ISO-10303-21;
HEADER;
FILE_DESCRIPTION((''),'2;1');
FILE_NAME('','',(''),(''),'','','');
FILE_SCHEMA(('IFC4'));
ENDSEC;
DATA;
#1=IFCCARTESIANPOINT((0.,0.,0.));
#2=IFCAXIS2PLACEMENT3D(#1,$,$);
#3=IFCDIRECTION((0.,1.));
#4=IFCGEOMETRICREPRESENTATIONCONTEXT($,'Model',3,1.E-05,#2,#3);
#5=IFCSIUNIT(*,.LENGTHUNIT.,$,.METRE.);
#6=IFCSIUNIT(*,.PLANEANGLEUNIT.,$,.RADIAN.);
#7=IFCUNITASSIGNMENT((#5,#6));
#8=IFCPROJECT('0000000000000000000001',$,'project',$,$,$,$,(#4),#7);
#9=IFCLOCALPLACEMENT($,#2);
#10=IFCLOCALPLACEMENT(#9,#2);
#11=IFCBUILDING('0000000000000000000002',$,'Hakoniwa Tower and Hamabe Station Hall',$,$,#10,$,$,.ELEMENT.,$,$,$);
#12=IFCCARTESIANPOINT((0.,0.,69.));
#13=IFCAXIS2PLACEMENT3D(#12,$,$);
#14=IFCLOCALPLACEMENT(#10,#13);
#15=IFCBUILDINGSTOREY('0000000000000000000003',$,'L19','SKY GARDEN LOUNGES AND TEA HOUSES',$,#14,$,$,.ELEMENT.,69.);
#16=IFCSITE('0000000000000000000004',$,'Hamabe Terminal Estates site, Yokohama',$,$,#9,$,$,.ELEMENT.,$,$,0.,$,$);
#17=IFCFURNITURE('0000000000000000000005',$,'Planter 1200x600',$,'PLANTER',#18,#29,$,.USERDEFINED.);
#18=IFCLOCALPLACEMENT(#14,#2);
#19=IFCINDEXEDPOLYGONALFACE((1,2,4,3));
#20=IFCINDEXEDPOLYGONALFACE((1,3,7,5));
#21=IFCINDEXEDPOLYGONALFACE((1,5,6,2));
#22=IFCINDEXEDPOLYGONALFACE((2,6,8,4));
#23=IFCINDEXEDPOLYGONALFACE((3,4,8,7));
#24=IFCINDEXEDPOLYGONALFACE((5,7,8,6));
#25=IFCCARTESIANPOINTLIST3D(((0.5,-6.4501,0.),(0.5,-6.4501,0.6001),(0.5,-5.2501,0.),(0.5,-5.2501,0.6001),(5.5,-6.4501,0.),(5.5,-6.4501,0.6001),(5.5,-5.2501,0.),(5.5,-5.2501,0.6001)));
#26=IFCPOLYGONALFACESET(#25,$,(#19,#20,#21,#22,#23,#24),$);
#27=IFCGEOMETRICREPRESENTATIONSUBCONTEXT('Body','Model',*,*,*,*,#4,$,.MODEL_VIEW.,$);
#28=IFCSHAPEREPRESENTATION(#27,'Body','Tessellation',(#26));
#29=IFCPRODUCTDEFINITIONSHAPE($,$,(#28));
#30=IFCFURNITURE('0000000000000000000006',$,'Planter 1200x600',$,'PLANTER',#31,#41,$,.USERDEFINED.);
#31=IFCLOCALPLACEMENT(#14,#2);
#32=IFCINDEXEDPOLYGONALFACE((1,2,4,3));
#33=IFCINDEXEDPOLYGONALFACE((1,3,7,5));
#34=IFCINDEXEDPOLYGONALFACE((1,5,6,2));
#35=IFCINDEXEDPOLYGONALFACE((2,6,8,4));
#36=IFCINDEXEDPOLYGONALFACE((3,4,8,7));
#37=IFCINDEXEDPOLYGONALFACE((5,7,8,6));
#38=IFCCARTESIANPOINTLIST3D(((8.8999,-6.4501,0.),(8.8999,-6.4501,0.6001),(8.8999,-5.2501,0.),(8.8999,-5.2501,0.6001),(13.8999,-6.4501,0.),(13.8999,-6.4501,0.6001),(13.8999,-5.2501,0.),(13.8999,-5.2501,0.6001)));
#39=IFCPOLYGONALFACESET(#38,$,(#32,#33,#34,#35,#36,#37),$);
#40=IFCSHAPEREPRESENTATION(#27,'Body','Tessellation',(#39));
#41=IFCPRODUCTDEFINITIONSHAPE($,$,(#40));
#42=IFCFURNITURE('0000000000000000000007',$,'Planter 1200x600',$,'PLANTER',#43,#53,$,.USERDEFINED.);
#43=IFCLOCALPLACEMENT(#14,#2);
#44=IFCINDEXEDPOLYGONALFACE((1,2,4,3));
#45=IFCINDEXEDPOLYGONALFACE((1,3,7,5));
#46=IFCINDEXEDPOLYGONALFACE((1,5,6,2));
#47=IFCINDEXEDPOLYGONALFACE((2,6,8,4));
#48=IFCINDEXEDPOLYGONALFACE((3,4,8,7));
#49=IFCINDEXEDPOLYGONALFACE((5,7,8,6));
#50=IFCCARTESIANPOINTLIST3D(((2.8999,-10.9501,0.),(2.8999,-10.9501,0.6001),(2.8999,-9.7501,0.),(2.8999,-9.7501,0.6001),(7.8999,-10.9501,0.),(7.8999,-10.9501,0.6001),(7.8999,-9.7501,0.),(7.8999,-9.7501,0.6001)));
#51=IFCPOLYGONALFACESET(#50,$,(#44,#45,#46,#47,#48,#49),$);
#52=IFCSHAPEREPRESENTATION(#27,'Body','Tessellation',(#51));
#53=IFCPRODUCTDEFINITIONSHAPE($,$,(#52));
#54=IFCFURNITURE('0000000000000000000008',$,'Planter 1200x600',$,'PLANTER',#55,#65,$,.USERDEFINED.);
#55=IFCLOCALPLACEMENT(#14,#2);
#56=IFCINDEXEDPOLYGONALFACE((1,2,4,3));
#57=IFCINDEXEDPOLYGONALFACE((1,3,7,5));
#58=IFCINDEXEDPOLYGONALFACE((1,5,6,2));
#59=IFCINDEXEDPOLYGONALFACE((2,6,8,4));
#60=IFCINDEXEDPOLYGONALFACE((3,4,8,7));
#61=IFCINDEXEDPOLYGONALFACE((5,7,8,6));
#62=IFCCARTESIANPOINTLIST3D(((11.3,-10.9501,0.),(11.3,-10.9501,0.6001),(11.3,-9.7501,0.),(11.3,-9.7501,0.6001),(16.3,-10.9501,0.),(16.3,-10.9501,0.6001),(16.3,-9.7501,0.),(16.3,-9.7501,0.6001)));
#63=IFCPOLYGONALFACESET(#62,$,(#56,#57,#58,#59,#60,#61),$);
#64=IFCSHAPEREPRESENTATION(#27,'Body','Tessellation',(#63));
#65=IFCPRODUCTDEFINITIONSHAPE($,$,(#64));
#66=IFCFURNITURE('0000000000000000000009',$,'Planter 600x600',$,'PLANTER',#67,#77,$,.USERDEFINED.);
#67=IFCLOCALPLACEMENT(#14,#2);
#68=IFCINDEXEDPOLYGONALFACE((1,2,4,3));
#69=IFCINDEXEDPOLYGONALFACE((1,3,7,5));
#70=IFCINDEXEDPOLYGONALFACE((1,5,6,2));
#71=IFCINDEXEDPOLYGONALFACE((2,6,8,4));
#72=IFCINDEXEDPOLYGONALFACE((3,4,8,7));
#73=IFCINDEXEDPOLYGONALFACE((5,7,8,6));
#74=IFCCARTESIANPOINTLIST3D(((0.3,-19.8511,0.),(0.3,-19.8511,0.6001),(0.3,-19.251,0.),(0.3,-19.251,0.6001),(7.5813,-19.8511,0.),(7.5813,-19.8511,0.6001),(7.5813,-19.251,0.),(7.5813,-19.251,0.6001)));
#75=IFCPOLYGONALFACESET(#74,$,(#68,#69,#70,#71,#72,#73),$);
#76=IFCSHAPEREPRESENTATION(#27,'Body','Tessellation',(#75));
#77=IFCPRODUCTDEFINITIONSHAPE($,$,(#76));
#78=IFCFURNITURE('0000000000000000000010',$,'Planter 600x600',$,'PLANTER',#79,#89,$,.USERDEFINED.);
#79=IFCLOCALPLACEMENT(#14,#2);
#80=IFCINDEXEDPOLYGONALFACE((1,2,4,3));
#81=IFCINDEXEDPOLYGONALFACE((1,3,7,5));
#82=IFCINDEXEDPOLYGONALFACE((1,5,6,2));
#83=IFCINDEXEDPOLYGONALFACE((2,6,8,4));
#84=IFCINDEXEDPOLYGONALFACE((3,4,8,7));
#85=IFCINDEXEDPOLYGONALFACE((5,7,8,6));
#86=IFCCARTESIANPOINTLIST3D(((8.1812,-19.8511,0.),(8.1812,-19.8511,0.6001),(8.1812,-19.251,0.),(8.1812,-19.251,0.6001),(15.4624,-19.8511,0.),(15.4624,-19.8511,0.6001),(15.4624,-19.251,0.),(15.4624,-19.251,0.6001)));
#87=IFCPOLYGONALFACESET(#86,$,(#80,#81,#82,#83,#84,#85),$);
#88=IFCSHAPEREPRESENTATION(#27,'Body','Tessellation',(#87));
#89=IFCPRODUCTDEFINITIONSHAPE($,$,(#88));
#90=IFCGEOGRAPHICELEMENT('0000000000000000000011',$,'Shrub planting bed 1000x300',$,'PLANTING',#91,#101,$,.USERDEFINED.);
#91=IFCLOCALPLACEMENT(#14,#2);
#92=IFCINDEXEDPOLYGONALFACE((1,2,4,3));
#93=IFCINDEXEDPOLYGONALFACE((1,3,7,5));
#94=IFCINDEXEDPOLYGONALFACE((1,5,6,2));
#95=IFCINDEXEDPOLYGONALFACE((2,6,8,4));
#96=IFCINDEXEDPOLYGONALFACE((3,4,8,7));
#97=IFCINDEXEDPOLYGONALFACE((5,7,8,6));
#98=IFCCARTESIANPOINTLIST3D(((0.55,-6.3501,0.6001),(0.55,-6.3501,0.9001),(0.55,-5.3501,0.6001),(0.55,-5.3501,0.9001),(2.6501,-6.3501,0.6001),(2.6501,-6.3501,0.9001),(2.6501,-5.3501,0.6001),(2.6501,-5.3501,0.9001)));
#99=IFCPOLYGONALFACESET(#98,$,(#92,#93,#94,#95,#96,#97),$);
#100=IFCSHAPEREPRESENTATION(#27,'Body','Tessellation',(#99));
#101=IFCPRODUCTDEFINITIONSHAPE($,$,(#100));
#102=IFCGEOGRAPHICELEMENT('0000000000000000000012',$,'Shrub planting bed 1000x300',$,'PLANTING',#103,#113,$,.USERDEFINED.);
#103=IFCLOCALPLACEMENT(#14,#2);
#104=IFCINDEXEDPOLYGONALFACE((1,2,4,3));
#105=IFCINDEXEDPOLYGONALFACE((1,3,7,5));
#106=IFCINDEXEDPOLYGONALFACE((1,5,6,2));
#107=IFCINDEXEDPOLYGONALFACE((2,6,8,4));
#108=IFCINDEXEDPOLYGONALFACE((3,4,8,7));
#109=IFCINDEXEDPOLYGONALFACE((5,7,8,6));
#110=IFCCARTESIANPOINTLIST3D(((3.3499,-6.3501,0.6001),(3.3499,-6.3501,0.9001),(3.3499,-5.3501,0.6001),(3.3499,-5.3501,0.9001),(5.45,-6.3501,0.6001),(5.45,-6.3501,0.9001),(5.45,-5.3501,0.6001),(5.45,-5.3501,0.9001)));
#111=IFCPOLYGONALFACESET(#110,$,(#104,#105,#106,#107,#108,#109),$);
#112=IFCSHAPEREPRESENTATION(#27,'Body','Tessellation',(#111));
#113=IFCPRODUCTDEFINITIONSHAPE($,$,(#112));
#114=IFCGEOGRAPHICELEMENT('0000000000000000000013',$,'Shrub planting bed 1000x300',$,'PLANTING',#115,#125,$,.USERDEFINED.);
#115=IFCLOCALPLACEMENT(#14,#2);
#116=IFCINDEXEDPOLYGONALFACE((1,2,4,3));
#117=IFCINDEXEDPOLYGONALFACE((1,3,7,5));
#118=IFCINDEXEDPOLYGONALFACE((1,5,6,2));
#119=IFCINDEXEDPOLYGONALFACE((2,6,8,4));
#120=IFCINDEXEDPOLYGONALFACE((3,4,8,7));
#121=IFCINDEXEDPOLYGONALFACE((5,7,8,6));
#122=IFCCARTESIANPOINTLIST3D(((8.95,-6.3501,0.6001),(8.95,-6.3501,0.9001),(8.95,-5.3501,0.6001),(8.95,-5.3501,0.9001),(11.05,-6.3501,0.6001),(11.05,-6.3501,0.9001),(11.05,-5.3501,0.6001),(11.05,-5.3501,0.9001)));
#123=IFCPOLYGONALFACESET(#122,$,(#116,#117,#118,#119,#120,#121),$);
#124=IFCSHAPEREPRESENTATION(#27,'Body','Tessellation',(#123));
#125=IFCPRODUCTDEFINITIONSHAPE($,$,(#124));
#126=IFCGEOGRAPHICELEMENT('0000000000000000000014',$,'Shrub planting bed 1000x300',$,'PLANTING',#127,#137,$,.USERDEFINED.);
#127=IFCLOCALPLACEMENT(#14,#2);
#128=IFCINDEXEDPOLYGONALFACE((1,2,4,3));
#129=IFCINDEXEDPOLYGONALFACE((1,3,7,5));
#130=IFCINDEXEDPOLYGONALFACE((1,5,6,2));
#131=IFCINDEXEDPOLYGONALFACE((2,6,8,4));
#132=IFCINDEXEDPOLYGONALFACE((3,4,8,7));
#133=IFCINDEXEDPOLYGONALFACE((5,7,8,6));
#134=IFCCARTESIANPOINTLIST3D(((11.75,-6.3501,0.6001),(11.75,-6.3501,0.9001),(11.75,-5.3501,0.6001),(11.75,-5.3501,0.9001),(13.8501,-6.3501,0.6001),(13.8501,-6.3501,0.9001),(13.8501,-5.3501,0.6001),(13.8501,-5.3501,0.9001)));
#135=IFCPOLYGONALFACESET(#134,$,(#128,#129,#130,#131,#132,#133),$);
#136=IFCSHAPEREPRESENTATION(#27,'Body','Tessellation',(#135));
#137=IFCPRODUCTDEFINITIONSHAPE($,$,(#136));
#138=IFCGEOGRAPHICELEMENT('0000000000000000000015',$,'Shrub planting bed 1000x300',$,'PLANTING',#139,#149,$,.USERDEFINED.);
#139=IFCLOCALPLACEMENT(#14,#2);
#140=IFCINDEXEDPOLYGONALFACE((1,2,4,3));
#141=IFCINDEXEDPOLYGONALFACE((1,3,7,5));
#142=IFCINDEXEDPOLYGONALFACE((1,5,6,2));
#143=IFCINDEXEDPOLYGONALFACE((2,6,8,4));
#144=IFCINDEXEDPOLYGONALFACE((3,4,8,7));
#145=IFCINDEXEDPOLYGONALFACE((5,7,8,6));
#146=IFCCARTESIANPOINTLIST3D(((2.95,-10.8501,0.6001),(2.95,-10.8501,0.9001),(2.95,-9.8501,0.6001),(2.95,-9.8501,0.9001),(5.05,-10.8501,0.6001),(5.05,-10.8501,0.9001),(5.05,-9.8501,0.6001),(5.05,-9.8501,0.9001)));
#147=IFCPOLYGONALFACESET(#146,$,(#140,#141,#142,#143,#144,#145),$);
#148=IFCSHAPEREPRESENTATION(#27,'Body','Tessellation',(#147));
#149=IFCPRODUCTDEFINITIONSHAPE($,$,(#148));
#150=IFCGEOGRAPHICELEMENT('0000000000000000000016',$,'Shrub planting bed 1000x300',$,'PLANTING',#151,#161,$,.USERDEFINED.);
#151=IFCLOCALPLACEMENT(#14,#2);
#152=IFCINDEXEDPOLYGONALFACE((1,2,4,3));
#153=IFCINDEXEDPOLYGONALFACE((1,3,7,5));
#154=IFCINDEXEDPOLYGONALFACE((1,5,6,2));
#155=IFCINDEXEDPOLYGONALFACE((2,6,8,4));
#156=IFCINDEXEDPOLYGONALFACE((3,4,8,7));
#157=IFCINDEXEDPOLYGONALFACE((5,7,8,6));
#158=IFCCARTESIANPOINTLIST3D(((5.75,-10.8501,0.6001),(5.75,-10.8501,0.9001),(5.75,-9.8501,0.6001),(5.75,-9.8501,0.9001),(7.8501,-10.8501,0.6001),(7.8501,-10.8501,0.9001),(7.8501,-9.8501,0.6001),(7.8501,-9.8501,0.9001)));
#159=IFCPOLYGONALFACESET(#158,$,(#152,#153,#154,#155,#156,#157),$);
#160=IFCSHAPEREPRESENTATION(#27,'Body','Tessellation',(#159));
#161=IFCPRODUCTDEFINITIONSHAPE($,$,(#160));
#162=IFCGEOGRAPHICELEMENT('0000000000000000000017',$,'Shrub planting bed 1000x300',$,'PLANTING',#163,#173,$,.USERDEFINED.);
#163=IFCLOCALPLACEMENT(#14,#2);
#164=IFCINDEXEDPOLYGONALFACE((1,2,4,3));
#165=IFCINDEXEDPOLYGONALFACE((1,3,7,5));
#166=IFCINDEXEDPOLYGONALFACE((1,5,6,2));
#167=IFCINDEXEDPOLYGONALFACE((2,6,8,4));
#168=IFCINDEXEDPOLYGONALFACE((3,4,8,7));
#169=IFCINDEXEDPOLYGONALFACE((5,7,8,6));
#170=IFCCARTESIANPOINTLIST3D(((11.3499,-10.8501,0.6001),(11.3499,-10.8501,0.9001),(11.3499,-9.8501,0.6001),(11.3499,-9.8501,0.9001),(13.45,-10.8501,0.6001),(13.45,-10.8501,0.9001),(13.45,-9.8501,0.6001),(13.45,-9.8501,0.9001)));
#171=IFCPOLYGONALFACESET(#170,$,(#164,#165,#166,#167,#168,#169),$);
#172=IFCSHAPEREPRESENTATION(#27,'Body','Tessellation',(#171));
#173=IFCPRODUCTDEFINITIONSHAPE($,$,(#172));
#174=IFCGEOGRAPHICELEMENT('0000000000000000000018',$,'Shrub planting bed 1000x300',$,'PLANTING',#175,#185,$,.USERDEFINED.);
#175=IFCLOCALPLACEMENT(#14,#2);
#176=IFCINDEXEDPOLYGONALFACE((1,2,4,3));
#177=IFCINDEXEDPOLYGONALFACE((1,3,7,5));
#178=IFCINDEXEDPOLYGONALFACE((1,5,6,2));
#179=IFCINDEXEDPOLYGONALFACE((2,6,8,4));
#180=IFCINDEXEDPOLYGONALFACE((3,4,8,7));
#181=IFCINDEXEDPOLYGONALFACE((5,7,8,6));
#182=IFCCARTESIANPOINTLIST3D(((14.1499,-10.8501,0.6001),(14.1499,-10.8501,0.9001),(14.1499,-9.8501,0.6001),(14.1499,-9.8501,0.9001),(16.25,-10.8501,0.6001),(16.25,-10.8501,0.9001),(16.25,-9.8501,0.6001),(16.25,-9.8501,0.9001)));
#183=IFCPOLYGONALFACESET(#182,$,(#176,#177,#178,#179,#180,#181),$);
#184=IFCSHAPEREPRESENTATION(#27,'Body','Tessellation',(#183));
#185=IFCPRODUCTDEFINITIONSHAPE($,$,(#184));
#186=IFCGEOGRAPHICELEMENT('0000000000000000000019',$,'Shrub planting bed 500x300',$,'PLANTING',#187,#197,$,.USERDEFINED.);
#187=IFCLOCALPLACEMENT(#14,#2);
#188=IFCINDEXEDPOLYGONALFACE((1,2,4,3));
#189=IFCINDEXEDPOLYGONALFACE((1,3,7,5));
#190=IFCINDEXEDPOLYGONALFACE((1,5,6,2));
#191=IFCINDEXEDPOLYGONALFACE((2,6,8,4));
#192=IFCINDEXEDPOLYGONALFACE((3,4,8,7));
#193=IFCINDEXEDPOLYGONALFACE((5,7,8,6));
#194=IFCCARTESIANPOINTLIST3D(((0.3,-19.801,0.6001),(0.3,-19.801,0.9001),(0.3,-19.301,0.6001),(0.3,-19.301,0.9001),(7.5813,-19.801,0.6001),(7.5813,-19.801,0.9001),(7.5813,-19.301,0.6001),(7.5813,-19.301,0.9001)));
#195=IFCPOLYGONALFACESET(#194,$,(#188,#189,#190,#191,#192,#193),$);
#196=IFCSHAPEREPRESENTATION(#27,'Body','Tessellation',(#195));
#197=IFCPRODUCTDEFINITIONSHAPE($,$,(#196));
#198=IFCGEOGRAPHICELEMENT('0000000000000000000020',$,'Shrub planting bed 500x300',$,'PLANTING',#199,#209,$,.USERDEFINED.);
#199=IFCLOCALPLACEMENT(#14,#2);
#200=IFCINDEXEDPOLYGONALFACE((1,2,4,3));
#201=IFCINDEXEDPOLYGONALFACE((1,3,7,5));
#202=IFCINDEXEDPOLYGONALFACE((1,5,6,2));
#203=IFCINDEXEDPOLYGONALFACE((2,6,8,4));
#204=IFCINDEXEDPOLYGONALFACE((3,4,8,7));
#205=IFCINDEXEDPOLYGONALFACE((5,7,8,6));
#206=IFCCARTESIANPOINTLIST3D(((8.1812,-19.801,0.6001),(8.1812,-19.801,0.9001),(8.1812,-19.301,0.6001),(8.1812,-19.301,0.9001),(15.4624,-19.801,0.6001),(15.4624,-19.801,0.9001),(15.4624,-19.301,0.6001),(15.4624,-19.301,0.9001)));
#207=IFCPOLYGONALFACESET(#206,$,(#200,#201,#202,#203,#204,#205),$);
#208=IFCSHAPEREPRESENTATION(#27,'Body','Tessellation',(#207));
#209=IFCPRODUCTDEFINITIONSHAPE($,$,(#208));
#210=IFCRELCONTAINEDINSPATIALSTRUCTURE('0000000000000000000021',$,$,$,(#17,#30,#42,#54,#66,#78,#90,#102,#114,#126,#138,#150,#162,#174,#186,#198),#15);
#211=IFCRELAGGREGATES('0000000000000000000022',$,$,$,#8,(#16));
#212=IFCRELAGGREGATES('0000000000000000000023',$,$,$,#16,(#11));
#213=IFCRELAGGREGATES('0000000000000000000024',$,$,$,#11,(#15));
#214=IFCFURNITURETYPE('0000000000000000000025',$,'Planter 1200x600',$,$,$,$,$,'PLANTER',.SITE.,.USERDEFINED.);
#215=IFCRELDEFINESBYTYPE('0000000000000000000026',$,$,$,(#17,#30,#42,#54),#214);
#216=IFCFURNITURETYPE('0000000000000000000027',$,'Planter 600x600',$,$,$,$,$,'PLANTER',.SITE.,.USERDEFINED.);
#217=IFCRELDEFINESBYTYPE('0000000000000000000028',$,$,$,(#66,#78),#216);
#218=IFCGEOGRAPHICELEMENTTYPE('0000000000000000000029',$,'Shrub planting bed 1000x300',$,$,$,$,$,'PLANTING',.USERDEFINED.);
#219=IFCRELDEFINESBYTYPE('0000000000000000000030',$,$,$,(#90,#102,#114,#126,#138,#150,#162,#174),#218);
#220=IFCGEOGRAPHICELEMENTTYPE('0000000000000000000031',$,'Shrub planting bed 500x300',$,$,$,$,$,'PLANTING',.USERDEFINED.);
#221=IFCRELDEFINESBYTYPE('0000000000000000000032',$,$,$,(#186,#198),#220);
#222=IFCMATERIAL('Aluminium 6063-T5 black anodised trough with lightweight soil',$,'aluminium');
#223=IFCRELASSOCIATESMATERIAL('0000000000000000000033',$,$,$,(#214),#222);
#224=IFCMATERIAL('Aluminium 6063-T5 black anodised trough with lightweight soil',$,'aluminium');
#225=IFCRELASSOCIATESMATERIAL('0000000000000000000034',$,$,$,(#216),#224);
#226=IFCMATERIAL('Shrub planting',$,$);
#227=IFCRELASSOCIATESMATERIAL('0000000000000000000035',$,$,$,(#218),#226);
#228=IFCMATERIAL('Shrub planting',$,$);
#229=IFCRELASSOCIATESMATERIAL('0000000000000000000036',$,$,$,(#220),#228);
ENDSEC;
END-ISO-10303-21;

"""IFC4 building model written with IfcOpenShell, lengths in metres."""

from ifc_helpers import new_model, si_unit, direction, frame, origin, origin_2d, place, context, subcontext, project, spatial, rectangle, extrude, material, type_object, element, save


model = new_model("IFC4")

# Units and contexts
model_context = context("Model", 3, precision=1e-05, world=origin(), true_north=direction((0.0, 1.0)))
body_context = subcontext(model_context, "Body", "Model", "MODEL_VIEW")
ifc_project = project(units=[si_unit("LENGTHUNIT", "METRE"), si_unit("PLANEANGLEUNIT", "RADIAN")], contexts=[model_context])

# Site, building, storey
site_placement = place(None, origin())
site = spatial("IfcSite", under=ifc_project, at=site_placement, Name="Hamabe Terminal Estates site, Yokohama", CompositionType="ELEMENT", RefElevation=0.0)
building_placement = place(site_placement, origin())
building = spatial("IfcBuilding", under=site, at=building_placement, Name="Hakoniwa Tower and Hamabe Station Hall", CompositionType="ELEMENT")
storey_placement = place(building_placement, frame((0.0, 0.0, 69.0)))
storey = spatial("IfcBuildingStorey", under=building, at=storey_placement, Name="L19", Description="SKY GARDEN LOUNGES AND TEA HOUSES", CompositionType="ELEMENT", Elevation=69.0)

# Furniture
ifc_material_1 = material(Name="Aluminium 6063-T5 black anodised trough with lightweight soil", Category="aluminium")
furniture_type_1 = type_object("IfcFurnitureType", Name="Planter 1200x600", ElementType="PLANTER", AssemblyPlace="SITE", PredefinedType="USERDEFINED", material=ifc_material_1)
for number, where, z_axis, x_axis, name in (
    (1, (3.0, -5.8501, 0.0), (0.0, 0.0, 1.0), (1.0, 0.0, 0.0), "Planter 1200x600"),
    (2, (11.3999, -5.8501, 0.0), (0.0, 0.0, 1.0), (1.0, 0.0, 0.0), "Planter 1200x600"),
    (3, (5.3999, -10.3501, 0.0), (0.0, 0.0, 1.0), (1.0, 0.0, 0.0), "Planter 1200x600"),
    (4, (13.8, -10.3501, 0.0), (0.0, 0.0, 1.0), (1.0, 0.0, 0.0), "Planter 1200x600"),
):
    element("IfcFurniture", number, at=place(storey_placement, frame(where, z_axis=z_axis, x_axis=x_axis)), inside=storey, type_object=furniture_type_1, Name=name, ObjectType="PLANTER", PredefinedType="USERDEFINED", context=body_context, shape_type="SweptSolid", body=[
        extrude(rectangle(XDim=5.0, YDim=1.2, at=origin_2d()), origin(), (0.0, 0.0, 1.0), 0.6001),
    ])
ifc_material_2 = material(Name="Aluminium 6063-T5 black anodised trough with lightweight soil", Category="aluminium")
furniture_type_2 = type_object("IfcFurnitureType", Name="Planter 600x600", ElementType="PLANTER", AssemblyPlace="SITE", PredefinedType="USERDEFINED", material=ifc_material_2)
for number, where, z_axis, x_axis, name in (
    (5, (3.9407, -19.551, 0.0), (0.0, 0.0, 1.0), (1.0, 0.0, 0.0), "Planter 600x600"),
    (6, (11.8218, -19.551, 0.0), (0.0, 0.0, 1.0), (1.0, 0.0, 0.0), "Planter 600x600"),
):
    element("IfcFurniture", number, at=place(storey_placement, frame(where, z_axis=z_axis, x_axis=x_axis)), inside=storey, type_object=furniture_type_2, Name=name, ObjectType="PLANTER", PredefinedType="USERDEFINED", context=body_context, shape_type="SweptSolid", body=[
        extrude(rectangle(XDim=7.2812, YDim=0.6001, at=origin_2d()), origin(), (0.0, 0.0, 1.0), 0.6001),
    ])

# Geographic elements
ifc_material_3 = material(Name="Shrub planting")
geographic_element_type_1 = type_object("IfcGeographicElementType", Name="Shrub planting bed 1000x300", ElementType="PLANTING", PredefinedType="USERDEFINED", material=ifc_material_3)
for number, where, z_axis, x_axis, name in (
    (7, (1.6001, -5.8501, 0.6001), (0.0, 0.0, 1.0), (1.0, 0.0, 0.0), "Shrub planting bed 1000x300"),
    (8, (4.3999, -5.8501, 0.6001), (0.0, 0.0, 1.0), (1.0, 0.0, 0.0), "Shrub planting bed 1000x300"),
    (9, (10.0, -5.8501, 0.6001), (0.0, 0.0, 1.0), (1.0, 0.0, 0.0), "Shrub planting bed 1000x300"),
    (10, (12.8, -5.8501, 0.6001), (0.0, 0.0, 1.0), (1.0, 0.0, 0.0), "Shrub planting bed 1000x300"),
    (11, (4.0, -10.3501, 0.6001), (0.0, 0.0, 1.0), (1.0, 0.0, 0.0), "Shrub planting bed 1000x300"),
    (12, (6.8, -10.3501, 0.6001), (0.0, 0.0, 1.0), (1.0, 0.0, 0.0), "Shrub planting bed 1000x300"),
    (13, (12.3999, -10.3501, 0.6001), (0.0, 0.0, 1.0), (1.0, 0.0, 0.0), "Shrub planting bed 1000x300"),
    (14, (15.2, -10.3501, 0.6001), (0.0, 0.0, 1.0), (1.0, 0.0, 0.0), "Shrub planting bed 1000x300"),
):
    element("IfcGeographicElement", number, at=place(storey_placement, frame(where, z_axis=z_axis, x_axis=x_axis)), inside=storey, type_object=geographic_element_type_1, Name=name, ObjectType="PLANTING", PredefinedType="USERDEFINED", context=body_context, shape_type="SweptSolid", body=[
        extrude(rectangle(XDim=2.1001, YDim=1.0, at=origin_2d()), origin(), (0.0, 0.0, 1.0), 0.3),
    ])
ifc_material_4 = material(Name="Shrub planting")
geographic_element_type_2 = type_object("IfcGeographicElementType", Name="Shrub planting bed 500x300", ElementType="PLANTING", PredefinedType="USERDEFINED", material=ifc_material_4)
for number, where, z_axis, x_axis, name in (
    (15, (3.9407, -19.551, 0.6001), (0.0, 0.0, 1.0), (1.0, 0.0, 0.0), "Shrub planting bed 500x300"),
    (16, (11.8218, -19.551, 0.6001), (0.0, 0.0, 1.0), (1.0, 0.0, 0.0), "Shrub planting bed 500x300"),
):
    element("IfcGeographicElement", number, at=place(storey_placement, frame(where, z_axis=z_axis, x_axis=x_axis)), inside=storey, type_object=geographic_element_type_2, Name=name, ObjectType="PLANTING", PredefinedType="USERDEFINED", context=body_context, shape_type="SweptSolid", body=[
        extrude(rectangle(XDim=7.2812, YDim=0.5, at=origin_2d()), origin(), (0.0, 0.0, 1.0), 0.3),
    ])

save(model, "model.ifc")
